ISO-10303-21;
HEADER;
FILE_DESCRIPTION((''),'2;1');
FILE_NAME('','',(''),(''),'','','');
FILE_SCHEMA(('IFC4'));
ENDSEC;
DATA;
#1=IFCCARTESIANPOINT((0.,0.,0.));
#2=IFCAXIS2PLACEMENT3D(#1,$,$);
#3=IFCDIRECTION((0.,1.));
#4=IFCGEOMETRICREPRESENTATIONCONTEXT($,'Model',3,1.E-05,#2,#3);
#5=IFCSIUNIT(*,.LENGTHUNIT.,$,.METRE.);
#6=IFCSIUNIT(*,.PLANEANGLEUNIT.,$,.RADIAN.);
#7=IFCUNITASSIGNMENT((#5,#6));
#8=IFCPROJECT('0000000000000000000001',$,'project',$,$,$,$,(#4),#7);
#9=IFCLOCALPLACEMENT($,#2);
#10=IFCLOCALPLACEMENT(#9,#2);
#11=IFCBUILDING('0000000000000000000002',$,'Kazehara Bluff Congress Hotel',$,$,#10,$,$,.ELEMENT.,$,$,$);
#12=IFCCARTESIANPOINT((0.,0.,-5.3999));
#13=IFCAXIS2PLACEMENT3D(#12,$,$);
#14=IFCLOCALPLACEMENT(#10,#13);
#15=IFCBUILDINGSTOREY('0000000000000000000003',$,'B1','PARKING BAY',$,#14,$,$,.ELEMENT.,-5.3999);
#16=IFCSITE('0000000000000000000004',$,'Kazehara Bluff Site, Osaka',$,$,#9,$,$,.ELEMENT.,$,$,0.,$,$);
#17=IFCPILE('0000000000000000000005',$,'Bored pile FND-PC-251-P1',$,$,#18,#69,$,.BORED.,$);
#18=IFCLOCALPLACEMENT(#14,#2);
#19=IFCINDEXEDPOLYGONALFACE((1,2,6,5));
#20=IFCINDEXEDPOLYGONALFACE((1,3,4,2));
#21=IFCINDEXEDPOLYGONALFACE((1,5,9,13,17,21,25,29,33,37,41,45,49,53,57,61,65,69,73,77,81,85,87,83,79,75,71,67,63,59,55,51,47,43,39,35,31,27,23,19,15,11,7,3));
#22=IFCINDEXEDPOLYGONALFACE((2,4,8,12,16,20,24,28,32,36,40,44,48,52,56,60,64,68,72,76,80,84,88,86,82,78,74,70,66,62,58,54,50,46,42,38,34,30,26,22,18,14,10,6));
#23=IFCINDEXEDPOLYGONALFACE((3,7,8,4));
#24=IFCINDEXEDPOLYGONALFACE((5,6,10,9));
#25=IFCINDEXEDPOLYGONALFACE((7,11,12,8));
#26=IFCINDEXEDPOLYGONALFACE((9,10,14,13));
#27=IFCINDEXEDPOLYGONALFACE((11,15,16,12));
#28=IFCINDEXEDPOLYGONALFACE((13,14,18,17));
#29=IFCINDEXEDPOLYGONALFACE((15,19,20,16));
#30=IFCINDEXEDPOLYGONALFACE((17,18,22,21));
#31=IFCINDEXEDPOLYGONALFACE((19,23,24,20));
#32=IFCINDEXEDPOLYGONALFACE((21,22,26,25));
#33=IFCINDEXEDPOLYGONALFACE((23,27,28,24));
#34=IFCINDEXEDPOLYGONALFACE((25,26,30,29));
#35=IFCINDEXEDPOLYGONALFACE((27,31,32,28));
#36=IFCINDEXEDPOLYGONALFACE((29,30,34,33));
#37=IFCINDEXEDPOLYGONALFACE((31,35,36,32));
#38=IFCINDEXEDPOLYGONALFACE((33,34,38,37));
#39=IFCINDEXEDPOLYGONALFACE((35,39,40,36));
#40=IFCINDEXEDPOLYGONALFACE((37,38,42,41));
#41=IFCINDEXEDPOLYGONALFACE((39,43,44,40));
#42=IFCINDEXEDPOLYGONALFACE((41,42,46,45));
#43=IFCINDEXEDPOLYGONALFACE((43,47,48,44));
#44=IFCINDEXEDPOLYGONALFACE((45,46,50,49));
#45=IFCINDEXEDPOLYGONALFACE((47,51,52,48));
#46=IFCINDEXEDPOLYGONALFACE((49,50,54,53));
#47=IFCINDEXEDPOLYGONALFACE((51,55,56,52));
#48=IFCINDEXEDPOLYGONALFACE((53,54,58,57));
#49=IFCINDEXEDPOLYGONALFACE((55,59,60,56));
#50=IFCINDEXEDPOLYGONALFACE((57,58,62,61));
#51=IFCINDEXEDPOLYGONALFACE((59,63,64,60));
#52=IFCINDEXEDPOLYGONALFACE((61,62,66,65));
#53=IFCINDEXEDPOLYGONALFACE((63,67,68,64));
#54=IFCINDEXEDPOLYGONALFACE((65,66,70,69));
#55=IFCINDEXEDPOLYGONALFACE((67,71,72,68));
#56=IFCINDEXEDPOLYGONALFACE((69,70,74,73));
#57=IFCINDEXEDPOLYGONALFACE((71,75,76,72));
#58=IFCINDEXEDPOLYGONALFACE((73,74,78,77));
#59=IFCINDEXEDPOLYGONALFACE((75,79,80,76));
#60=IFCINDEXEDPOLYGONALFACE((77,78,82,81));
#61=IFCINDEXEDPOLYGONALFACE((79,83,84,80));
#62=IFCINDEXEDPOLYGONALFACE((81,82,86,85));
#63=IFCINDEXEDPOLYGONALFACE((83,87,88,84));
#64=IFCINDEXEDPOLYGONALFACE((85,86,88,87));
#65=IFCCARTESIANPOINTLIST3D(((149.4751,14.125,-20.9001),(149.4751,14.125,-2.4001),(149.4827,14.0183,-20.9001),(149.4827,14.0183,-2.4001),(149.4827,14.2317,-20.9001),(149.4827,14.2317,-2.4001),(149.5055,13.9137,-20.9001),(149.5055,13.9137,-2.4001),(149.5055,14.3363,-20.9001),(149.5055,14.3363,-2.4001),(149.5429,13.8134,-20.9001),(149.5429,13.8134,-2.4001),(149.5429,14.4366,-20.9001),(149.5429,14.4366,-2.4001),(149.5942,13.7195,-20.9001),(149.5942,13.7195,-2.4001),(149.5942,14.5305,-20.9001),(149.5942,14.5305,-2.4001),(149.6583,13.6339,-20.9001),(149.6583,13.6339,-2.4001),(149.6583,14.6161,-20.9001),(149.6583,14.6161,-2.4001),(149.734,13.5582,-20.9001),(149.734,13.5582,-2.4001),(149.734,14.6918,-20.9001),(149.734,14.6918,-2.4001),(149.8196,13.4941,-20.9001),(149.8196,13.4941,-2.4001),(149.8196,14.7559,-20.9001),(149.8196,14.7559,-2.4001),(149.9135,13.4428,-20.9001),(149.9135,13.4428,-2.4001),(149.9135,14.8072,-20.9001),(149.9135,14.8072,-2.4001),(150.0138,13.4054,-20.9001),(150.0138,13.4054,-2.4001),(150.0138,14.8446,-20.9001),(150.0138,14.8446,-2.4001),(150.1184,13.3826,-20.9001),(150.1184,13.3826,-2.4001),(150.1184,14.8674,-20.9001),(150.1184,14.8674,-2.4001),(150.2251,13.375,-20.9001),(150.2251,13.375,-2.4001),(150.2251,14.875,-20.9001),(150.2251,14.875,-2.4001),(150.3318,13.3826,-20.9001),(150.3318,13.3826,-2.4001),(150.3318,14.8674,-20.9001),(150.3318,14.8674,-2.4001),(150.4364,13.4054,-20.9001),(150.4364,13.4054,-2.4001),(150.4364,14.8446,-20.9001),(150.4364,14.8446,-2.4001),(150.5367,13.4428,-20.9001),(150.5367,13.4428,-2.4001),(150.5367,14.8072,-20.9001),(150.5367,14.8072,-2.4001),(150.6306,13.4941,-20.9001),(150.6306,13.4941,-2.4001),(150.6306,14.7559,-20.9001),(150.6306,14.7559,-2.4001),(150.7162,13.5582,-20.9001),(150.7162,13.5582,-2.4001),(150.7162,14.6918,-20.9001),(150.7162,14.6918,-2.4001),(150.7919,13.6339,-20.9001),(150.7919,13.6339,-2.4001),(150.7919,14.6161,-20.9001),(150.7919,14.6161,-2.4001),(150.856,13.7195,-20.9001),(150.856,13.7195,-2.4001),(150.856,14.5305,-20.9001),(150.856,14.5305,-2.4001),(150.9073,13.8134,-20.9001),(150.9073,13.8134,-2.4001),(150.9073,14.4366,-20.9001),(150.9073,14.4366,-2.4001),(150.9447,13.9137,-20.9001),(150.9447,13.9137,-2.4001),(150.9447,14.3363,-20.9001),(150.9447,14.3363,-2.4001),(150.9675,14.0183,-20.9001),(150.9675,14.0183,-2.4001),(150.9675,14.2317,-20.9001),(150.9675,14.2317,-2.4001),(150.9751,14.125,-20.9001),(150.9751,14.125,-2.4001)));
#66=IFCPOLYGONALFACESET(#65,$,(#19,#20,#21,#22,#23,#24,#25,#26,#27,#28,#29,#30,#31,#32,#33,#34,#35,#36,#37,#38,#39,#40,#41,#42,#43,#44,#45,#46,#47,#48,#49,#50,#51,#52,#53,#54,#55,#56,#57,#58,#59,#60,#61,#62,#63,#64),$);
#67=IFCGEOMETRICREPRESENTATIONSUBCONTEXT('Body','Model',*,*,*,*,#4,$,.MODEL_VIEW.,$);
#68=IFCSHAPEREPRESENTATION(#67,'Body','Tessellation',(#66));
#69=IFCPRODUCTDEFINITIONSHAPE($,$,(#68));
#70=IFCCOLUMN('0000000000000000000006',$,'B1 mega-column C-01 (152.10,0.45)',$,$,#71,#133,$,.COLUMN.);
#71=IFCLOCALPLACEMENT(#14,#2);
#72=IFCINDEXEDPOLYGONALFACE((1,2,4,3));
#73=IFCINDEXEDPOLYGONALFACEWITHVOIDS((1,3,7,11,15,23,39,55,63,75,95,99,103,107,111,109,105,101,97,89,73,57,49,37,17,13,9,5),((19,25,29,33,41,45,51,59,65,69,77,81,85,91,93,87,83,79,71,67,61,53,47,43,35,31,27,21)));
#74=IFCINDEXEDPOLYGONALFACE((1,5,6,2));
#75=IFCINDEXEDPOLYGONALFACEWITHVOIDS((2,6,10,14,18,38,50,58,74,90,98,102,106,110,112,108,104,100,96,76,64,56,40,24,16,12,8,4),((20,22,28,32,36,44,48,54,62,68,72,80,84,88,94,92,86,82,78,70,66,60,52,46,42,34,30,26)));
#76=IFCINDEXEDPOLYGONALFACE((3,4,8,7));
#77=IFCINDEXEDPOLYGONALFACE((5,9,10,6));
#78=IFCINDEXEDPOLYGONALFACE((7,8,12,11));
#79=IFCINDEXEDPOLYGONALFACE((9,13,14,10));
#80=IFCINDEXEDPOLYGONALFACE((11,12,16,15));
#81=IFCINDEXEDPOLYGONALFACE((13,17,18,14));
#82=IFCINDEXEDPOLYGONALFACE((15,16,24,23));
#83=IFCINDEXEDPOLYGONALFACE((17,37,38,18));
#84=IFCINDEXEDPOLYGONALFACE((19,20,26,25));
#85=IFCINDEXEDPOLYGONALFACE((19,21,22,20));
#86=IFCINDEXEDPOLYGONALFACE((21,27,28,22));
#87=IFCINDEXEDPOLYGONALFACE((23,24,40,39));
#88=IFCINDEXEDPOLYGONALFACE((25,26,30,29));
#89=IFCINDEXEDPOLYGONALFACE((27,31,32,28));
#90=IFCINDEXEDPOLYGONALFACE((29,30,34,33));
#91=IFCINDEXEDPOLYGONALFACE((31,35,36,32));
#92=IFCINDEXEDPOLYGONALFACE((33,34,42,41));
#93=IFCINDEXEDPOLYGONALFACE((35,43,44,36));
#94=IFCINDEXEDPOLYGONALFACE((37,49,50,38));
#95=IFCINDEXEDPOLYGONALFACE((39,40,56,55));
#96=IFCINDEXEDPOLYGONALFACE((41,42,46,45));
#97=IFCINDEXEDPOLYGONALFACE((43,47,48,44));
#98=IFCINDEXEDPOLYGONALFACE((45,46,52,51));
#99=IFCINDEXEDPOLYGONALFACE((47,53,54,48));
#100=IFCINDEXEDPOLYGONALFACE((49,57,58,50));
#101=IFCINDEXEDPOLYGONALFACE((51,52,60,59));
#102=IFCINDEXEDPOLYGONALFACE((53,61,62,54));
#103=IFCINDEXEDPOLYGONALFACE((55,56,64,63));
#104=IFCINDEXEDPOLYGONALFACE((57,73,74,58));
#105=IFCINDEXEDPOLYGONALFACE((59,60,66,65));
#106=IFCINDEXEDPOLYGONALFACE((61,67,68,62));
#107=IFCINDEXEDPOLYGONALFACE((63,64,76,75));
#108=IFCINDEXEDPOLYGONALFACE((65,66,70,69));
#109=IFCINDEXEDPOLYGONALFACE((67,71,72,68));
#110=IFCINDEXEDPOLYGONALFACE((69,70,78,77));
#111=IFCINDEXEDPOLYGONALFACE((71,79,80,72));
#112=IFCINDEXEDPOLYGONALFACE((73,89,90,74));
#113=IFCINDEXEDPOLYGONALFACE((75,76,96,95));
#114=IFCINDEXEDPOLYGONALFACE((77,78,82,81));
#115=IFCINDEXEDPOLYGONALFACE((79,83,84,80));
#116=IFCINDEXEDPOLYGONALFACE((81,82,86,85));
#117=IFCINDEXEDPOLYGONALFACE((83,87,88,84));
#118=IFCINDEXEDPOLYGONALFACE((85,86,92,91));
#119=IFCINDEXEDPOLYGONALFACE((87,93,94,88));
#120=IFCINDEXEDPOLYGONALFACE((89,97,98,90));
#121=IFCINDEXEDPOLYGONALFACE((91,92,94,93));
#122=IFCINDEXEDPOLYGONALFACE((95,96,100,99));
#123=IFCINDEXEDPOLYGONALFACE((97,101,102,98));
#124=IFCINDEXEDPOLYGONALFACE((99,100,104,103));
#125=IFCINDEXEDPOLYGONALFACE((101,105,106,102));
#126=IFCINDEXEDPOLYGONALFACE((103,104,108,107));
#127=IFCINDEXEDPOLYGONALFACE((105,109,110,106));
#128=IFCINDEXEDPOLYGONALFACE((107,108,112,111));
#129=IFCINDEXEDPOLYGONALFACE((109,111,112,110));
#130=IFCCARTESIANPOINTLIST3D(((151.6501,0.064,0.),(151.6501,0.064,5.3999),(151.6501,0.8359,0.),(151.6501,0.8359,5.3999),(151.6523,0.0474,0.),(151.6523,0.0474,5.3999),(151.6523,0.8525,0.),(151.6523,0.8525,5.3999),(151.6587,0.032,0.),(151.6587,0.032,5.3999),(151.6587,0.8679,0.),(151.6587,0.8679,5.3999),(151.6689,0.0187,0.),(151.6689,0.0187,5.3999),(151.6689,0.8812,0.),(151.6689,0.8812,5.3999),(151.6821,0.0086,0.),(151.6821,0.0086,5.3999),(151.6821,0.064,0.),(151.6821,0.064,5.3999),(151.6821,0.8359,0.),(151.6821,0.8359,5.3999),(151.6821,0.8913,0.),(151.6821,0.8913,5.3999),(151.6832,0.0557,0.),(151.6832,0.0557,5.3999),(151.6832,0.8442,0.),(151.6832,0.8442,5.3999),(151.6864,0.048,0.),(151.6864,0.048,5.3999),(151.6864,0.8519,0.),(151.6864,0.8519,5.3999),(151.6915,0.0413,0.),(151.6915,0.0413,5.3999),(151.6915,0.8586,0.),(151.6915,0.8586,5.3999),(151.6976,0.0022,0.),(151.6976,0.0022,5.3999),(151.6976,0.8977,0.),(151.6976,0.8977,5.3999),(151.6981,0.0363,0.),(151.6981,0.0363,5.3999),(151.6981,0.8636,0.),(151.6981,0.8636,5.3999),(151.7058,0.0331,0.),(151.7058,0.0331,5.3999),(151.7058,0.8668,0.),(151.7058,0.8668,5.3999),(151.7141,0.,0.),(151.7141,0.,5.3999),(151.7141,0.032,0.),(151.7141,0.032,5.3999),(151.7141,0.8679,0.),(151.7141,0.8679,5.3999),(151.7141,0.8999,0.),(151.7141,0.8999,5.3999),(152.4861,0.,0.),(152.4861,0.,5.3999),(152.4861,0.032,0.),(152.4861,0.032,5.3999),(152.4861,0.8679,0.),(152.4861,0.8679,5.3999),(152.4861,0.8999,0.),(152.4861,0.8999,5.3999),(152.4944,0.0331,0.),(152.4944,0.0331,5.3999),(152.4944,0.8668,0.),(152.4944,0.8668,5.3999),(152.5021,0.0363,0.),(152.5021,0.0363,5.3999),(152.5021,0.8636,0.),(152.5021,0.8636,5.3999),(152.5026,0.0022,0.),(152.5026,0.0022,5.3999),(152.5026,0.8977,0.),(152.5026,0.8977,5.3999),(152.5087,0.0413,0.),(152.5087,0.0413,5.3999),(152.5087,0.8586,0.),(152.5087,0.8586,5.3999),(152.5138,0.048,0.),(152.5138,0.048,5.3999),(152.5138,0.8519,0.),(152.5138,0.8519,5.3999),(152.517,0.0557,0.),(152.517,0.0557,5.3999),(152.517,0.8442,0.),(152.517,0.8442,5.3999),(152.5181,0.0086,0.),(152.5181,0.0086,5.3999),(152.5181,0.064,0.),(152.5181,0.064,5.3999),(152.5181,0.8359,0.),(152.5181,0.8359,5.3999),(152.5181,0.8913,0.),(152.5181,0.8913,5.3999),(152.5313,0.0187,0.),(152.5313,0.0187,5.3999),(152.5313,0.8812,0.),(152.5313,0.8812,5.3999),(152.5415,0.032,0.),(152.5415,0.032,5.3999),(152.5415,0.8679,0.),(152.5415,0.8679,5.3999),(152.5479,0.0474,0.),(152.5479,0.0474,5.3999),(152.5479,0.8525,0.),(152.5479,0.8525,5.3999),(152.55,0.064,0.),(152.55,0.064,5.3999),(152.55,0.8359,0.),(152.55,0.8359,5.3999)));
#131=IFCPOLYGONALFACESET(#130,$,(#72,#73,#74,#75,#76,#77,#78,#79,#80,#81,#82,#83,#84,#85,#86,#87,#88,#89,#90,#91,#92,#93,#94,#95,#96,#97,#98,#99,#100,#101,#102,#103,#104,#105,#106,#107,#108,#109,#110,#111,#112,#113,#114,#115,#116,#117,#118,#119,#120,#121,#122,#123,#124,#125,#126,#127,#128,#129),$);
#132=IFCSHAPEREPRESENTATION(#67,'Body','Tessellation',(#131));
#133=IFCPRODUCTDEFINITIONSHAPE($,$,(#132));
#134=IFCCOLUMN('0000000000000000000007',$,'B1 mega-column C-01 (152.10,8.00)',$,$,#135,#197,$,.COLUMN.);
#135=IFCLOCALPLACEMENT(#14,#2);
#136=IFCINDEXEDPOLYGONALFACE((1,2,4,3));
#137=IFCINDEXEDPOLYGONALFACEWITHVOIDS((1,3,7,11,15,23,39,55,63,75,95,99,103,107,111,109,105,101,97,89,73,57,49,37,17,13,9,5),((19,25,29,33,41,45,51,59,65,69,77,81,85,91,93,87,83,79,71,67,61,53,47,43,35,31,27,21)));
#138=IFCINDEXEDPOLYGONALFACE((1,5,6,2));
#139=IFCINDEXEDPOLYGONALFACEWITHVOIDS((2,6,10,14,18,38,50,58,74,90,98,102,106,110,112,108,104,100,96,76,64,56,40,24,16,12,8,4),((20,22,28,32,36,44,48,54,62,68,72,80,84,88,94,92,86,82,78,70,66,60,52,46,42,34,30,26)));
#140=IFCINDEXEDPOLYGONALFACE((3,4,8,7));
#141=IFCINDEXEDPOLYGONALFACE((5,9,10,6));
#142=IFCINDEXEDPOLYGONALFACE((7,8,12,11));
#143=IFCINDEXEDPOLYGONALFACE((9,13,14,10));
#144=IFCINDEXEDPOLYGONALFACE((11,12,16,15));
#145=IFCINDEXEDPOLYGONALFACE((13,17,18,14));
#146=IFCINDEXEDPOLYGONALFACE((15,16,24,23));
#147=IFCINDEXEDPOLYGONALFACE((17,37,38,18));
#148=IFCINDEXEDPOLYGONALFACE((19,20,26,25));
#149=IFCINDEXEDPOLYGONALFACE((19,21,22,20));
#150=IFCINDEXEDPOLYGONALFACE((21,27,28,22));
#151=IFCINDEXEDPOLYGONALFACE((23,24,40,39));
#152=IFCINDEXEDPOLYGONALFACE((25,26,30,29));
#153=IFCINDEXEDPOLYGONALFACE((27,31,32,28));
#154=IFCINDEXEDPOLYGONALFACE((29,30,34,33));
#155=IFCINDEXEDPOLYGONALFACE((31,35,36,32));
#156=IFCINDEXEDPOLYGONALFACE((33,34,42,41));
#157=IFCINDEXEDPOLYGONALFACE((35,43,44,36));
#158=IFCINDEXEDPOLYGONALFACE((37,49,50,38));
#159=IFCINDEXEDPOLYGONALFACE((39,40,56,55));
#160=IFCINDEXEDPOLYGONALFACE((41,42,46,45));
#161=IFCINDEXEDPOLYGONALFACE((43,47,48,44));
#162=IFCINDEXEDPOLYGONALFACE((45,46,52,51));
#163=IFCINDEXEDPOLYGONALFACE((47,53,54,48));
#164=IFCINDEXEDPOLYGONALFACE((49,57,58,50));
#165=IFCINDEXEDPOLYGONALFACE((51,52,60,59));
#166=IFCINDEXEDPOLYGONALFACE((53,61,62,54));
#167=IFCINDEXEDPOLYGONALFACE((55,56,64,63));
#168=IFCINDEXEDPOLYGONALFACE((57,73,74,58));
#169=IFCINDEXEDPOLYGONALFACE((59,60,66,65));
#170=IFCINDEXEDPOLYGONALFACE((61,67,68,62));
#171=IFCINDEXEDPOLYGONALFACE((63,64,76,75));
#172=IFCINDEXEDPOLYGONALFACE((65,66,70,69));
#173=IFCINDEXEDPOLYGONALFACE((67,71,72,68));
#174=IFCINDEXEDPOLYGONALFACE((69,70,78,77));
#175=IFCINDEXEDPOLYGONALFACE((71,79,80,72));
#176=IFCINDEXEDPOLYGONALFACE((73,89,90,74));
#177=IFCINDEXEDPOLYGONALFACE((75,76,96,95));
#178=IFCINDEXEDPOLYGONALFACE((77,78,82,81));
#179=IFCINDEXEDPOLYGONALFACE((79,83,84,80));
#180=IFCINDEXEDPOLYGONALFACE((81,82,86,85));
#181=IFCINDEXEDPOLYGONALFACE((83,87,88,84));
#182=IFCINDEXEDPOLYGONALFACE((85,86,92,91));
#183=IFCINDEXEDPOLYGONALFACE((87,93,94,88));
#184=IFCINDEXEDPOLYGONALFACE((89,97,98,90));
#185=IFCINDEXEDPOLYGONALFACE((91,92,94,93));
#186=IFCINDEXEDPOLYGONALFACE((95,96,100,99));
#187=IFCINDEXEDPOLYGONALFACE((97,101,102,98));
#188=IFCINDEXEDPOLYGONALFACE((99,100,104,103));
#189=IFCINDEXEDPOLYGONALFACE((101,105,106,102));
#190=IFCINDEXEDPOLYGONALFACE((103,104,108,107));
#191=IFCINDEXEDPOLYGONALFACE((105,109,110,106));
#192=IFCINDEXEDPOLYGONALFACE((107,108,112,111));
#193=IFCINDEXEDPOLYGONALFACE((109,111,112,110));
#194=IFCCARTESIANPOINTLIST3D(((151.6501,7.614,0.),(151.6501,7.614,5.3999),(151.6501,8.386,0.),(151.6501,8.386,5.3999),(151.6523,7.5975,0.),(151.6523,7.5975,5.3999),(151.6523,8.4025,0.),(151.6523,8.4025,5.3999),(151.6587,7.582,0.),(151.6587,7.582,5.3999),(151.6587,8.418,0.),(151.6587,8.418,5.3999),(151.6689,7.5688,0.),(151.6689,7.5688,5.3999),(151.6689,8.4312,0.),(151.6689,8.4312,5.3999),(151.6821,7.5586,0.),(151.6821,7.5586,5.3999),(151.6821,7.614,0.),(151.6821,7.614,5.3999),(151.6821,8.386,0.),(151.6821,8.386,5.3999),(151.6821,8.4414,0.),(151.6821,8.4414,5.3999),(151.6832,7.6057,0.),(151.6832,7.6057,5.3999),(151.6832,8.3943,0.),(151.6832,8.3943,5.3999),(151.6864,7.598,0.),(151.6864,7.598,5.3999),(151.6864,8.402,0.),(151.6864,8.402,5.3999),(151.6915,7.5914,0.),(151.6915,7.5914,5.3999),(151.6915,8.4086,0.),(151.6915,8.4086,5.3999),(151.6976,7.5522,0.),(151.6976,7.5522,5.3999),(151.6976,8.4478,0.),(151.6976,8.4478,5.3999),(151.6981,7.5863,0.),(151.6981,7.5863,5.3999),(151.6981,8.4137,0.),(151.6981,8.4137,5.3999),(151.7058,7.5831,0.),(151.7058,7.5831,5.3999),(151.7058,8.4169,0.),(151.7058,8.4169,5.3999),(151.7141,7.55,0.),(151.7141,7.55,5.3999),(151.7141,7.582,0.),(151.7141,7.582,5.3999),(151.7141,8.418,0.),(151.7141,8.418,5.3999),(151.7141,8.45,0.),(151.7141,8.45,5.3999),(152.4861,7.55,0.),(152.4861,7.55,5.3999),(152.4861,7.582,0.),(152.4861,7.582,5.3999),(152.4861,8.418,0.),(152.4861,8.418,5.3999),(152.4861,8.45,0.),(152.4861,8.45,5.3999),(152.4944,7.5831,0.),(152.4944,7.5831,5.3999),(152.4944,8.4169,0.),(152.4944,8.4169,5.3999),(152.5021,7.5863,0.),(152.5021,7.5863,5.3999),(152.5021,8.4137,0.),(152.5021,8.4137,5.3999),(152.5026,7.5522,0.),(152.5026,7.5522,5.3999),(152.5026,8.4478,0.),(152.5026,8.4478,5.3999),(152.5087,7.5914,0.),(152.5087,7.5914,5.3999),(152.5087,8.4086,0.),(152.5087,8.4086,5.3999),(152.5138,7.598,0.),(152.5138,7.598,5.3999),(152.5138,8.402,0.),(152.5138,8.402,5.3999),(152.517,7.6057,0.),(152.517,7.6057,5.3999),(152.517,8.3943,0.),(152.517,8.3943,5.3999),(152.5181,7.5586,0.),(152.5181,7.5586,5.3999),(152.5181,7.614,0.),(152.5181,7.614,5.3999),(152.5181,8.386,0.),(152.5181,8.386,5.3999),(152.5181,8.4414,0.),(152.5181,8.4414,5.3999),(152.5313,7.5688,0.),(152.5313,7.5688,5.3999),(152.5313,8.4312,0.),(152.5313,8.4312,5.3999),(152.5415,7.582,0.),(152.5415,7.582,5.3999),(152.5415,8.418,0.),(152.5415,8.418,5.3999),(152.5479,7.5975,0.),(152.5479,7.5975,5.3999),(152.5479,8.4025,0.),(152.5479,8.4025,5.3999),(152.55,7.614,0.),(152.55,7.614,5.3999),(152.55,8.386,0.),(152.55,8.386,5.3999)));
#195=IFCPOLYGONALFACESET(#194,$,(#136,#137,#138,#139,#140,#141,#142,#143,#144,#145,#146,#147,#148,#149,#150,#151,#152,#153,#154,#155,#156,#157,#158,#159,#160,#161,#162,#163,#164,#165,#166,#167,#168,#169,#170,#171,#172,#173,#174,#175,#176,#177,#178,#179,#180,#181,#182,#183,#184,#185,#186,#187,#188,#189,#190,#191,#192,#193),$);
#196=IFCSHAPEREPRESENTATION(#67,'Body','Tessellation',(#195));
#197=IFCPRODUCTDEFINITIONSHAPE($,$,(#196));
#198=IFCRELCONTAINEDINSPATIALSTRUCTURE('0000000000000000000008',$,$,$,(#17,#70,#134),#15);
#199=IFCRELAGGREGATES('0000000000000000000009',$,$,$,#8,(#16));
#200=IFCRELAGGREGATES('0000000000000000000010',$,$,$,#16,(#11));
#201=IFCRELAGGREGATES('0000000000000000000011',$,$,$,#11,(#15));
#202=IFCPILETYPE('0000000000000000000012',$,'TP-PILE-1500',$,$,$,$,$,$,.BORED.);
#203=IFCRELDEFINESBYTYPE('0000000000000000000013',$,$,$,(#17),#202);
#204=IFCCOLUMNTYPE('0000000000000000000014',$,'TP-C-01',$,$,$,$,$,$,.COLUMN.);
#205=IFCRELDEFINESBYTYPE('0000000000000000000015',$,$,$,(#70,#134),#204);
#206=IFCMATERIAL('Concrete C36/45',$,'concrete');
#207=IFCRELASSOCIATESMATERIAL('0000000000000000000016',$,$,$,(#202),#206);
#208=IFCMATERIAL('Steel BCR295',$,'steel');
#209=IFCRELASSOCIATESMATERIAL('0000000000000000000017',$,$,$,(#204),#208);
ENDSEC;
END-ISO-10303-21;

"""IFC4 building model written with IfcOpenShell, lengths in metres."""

from ifc_helpers import new_model, si_unit, direction, frame, origin, origin_2d, place, context, subcontext, project, spatial, hollow_rectangle, circle, extrude, material, material_profile, profile_set, type_object, element, save


model = new_model("IFC4")

# Units and contexts
model_context = context("Model", 3, precision=1e-05, world=origin(), true_north=direction((0.0, 1.0)))
body_context = subcontext(model_context, "Body", "Model", "MODEL_VIEW")
ifc_project = project(units=[si_unit("LENGTHUNIT", "METRE"), si_unit("PLANEANGLEUNIT", "RADIAN")], contexts=[model_context])

# Site, building, storey
site_placement = place(None, origin())
site = spatial("IfcSite", under=ifc_project, at=site_placement, Name="Kazehara Bluff Site, Osaka", CompositionType="ELEMENT", RefElevation=0.0)
building_placement = place(site_placement, origin())
building = spatial("IfcBuilding", under=site, at=building_placement, Name="Kazehara Bluff Congress Hotel", CompositionType="ELEMENT")
storey_placement = place(building_placement, frame((0.0, 0.0, -5.3999)))
storey = spatial("IfcBuildingStorey", under=building, at=storey_placement, Name="B1", Description="PARKING BAY", CompositionType="ELEMENT", Elevation=-5.3999)

# Pile
ifc_material_1 = material(Name="Concrete C36/45", Category="concrete")
ifc_material_profile_1 = material_profile(ifc_material_1, circle(Radius=0.75, at=origin_2d()))
ifc_profile_set_1 = profile_set([ifc_material_profile_1], Name="Concrete C36/45")
pile_type_1 = type_object("IfcPileType", Name="TP-PILE-1500", PredefinedType="BORED", material=ifc_profile_set_1)
for number, where, z_axis, x_axis, name in (
    (1, (150.2251, 14.125, -2.4001), (0.0, 0.0, -1.0), (1.0, 0.0, 0.0), "Bored pile FND-PC-251-P1"),
):
    element("IfcPile", number, at=place(storey_placement, frame(where, z_axis=z_axis, x_axis=x_axis)), inside=storey, type_object=pile_type_1, Name=name, PredefinedType="BORED", context=body_context, shape_type="SweptSolid", body=[
        extrude(circle(Radius=0.75, at=origin_2d()), origin(), (0.0, 0.0, 1.0), 18.5),
    ])

# Columns
ifc_material_2 = material(Name="Steel BCR295", Category="steel")
ifc_material_profile_2 = material_profile(ifc_material_2, hollow_rectangle(XDim=0.8999, YDim=0.8999, WallThickness=0.032, InnerFilletRadius=0.032, OuterFilletRadius=0.064, at=origin_2d()))
ifc_profile_set_2 = profile_set([ifc_material_profile_2], Name="Steel BCR295")
column_type = type_object("IfcColumnType", Name="TP-C-01", PredefinedType="COLUMN", material=ifc_profile_set_2)
for number, where, z_axis, x_axis, name in (
    (2, (152.1001, 0.45, 0.0), (0.0, 0.0, 1.0), (1.0, 0.0, 0.0), "B1 mega-column C-01 (152.10,0.45)"),
    (3, (152.1001, 8.0, 0.0), (0.0, 0.0, 1.0), (1.0, 0.0, 0.0), "B1 mega-column C-01 (152.10,8.00)"),
):
    element("IfcColumn", number, at=place(storey_placement, frame(where, z_axis=z_axis, x_axis=x_axis)), inside=storey, type_object=column_type, Name=name, PredefinedType="COLUMN", context=body_context, shape_type="SweptSolid", body=[
        extrude(hollow_rectangle(XDim=0.8999, YDim=0.8999, WallThickness=0.032, InnerFilletRadius=0.032, OuterFilletRadius=0.064, at=origin_2d()), origin(), (0.0, 0.0, 1.0), 5.3999),
    ])

save(model, "model.ifc")
